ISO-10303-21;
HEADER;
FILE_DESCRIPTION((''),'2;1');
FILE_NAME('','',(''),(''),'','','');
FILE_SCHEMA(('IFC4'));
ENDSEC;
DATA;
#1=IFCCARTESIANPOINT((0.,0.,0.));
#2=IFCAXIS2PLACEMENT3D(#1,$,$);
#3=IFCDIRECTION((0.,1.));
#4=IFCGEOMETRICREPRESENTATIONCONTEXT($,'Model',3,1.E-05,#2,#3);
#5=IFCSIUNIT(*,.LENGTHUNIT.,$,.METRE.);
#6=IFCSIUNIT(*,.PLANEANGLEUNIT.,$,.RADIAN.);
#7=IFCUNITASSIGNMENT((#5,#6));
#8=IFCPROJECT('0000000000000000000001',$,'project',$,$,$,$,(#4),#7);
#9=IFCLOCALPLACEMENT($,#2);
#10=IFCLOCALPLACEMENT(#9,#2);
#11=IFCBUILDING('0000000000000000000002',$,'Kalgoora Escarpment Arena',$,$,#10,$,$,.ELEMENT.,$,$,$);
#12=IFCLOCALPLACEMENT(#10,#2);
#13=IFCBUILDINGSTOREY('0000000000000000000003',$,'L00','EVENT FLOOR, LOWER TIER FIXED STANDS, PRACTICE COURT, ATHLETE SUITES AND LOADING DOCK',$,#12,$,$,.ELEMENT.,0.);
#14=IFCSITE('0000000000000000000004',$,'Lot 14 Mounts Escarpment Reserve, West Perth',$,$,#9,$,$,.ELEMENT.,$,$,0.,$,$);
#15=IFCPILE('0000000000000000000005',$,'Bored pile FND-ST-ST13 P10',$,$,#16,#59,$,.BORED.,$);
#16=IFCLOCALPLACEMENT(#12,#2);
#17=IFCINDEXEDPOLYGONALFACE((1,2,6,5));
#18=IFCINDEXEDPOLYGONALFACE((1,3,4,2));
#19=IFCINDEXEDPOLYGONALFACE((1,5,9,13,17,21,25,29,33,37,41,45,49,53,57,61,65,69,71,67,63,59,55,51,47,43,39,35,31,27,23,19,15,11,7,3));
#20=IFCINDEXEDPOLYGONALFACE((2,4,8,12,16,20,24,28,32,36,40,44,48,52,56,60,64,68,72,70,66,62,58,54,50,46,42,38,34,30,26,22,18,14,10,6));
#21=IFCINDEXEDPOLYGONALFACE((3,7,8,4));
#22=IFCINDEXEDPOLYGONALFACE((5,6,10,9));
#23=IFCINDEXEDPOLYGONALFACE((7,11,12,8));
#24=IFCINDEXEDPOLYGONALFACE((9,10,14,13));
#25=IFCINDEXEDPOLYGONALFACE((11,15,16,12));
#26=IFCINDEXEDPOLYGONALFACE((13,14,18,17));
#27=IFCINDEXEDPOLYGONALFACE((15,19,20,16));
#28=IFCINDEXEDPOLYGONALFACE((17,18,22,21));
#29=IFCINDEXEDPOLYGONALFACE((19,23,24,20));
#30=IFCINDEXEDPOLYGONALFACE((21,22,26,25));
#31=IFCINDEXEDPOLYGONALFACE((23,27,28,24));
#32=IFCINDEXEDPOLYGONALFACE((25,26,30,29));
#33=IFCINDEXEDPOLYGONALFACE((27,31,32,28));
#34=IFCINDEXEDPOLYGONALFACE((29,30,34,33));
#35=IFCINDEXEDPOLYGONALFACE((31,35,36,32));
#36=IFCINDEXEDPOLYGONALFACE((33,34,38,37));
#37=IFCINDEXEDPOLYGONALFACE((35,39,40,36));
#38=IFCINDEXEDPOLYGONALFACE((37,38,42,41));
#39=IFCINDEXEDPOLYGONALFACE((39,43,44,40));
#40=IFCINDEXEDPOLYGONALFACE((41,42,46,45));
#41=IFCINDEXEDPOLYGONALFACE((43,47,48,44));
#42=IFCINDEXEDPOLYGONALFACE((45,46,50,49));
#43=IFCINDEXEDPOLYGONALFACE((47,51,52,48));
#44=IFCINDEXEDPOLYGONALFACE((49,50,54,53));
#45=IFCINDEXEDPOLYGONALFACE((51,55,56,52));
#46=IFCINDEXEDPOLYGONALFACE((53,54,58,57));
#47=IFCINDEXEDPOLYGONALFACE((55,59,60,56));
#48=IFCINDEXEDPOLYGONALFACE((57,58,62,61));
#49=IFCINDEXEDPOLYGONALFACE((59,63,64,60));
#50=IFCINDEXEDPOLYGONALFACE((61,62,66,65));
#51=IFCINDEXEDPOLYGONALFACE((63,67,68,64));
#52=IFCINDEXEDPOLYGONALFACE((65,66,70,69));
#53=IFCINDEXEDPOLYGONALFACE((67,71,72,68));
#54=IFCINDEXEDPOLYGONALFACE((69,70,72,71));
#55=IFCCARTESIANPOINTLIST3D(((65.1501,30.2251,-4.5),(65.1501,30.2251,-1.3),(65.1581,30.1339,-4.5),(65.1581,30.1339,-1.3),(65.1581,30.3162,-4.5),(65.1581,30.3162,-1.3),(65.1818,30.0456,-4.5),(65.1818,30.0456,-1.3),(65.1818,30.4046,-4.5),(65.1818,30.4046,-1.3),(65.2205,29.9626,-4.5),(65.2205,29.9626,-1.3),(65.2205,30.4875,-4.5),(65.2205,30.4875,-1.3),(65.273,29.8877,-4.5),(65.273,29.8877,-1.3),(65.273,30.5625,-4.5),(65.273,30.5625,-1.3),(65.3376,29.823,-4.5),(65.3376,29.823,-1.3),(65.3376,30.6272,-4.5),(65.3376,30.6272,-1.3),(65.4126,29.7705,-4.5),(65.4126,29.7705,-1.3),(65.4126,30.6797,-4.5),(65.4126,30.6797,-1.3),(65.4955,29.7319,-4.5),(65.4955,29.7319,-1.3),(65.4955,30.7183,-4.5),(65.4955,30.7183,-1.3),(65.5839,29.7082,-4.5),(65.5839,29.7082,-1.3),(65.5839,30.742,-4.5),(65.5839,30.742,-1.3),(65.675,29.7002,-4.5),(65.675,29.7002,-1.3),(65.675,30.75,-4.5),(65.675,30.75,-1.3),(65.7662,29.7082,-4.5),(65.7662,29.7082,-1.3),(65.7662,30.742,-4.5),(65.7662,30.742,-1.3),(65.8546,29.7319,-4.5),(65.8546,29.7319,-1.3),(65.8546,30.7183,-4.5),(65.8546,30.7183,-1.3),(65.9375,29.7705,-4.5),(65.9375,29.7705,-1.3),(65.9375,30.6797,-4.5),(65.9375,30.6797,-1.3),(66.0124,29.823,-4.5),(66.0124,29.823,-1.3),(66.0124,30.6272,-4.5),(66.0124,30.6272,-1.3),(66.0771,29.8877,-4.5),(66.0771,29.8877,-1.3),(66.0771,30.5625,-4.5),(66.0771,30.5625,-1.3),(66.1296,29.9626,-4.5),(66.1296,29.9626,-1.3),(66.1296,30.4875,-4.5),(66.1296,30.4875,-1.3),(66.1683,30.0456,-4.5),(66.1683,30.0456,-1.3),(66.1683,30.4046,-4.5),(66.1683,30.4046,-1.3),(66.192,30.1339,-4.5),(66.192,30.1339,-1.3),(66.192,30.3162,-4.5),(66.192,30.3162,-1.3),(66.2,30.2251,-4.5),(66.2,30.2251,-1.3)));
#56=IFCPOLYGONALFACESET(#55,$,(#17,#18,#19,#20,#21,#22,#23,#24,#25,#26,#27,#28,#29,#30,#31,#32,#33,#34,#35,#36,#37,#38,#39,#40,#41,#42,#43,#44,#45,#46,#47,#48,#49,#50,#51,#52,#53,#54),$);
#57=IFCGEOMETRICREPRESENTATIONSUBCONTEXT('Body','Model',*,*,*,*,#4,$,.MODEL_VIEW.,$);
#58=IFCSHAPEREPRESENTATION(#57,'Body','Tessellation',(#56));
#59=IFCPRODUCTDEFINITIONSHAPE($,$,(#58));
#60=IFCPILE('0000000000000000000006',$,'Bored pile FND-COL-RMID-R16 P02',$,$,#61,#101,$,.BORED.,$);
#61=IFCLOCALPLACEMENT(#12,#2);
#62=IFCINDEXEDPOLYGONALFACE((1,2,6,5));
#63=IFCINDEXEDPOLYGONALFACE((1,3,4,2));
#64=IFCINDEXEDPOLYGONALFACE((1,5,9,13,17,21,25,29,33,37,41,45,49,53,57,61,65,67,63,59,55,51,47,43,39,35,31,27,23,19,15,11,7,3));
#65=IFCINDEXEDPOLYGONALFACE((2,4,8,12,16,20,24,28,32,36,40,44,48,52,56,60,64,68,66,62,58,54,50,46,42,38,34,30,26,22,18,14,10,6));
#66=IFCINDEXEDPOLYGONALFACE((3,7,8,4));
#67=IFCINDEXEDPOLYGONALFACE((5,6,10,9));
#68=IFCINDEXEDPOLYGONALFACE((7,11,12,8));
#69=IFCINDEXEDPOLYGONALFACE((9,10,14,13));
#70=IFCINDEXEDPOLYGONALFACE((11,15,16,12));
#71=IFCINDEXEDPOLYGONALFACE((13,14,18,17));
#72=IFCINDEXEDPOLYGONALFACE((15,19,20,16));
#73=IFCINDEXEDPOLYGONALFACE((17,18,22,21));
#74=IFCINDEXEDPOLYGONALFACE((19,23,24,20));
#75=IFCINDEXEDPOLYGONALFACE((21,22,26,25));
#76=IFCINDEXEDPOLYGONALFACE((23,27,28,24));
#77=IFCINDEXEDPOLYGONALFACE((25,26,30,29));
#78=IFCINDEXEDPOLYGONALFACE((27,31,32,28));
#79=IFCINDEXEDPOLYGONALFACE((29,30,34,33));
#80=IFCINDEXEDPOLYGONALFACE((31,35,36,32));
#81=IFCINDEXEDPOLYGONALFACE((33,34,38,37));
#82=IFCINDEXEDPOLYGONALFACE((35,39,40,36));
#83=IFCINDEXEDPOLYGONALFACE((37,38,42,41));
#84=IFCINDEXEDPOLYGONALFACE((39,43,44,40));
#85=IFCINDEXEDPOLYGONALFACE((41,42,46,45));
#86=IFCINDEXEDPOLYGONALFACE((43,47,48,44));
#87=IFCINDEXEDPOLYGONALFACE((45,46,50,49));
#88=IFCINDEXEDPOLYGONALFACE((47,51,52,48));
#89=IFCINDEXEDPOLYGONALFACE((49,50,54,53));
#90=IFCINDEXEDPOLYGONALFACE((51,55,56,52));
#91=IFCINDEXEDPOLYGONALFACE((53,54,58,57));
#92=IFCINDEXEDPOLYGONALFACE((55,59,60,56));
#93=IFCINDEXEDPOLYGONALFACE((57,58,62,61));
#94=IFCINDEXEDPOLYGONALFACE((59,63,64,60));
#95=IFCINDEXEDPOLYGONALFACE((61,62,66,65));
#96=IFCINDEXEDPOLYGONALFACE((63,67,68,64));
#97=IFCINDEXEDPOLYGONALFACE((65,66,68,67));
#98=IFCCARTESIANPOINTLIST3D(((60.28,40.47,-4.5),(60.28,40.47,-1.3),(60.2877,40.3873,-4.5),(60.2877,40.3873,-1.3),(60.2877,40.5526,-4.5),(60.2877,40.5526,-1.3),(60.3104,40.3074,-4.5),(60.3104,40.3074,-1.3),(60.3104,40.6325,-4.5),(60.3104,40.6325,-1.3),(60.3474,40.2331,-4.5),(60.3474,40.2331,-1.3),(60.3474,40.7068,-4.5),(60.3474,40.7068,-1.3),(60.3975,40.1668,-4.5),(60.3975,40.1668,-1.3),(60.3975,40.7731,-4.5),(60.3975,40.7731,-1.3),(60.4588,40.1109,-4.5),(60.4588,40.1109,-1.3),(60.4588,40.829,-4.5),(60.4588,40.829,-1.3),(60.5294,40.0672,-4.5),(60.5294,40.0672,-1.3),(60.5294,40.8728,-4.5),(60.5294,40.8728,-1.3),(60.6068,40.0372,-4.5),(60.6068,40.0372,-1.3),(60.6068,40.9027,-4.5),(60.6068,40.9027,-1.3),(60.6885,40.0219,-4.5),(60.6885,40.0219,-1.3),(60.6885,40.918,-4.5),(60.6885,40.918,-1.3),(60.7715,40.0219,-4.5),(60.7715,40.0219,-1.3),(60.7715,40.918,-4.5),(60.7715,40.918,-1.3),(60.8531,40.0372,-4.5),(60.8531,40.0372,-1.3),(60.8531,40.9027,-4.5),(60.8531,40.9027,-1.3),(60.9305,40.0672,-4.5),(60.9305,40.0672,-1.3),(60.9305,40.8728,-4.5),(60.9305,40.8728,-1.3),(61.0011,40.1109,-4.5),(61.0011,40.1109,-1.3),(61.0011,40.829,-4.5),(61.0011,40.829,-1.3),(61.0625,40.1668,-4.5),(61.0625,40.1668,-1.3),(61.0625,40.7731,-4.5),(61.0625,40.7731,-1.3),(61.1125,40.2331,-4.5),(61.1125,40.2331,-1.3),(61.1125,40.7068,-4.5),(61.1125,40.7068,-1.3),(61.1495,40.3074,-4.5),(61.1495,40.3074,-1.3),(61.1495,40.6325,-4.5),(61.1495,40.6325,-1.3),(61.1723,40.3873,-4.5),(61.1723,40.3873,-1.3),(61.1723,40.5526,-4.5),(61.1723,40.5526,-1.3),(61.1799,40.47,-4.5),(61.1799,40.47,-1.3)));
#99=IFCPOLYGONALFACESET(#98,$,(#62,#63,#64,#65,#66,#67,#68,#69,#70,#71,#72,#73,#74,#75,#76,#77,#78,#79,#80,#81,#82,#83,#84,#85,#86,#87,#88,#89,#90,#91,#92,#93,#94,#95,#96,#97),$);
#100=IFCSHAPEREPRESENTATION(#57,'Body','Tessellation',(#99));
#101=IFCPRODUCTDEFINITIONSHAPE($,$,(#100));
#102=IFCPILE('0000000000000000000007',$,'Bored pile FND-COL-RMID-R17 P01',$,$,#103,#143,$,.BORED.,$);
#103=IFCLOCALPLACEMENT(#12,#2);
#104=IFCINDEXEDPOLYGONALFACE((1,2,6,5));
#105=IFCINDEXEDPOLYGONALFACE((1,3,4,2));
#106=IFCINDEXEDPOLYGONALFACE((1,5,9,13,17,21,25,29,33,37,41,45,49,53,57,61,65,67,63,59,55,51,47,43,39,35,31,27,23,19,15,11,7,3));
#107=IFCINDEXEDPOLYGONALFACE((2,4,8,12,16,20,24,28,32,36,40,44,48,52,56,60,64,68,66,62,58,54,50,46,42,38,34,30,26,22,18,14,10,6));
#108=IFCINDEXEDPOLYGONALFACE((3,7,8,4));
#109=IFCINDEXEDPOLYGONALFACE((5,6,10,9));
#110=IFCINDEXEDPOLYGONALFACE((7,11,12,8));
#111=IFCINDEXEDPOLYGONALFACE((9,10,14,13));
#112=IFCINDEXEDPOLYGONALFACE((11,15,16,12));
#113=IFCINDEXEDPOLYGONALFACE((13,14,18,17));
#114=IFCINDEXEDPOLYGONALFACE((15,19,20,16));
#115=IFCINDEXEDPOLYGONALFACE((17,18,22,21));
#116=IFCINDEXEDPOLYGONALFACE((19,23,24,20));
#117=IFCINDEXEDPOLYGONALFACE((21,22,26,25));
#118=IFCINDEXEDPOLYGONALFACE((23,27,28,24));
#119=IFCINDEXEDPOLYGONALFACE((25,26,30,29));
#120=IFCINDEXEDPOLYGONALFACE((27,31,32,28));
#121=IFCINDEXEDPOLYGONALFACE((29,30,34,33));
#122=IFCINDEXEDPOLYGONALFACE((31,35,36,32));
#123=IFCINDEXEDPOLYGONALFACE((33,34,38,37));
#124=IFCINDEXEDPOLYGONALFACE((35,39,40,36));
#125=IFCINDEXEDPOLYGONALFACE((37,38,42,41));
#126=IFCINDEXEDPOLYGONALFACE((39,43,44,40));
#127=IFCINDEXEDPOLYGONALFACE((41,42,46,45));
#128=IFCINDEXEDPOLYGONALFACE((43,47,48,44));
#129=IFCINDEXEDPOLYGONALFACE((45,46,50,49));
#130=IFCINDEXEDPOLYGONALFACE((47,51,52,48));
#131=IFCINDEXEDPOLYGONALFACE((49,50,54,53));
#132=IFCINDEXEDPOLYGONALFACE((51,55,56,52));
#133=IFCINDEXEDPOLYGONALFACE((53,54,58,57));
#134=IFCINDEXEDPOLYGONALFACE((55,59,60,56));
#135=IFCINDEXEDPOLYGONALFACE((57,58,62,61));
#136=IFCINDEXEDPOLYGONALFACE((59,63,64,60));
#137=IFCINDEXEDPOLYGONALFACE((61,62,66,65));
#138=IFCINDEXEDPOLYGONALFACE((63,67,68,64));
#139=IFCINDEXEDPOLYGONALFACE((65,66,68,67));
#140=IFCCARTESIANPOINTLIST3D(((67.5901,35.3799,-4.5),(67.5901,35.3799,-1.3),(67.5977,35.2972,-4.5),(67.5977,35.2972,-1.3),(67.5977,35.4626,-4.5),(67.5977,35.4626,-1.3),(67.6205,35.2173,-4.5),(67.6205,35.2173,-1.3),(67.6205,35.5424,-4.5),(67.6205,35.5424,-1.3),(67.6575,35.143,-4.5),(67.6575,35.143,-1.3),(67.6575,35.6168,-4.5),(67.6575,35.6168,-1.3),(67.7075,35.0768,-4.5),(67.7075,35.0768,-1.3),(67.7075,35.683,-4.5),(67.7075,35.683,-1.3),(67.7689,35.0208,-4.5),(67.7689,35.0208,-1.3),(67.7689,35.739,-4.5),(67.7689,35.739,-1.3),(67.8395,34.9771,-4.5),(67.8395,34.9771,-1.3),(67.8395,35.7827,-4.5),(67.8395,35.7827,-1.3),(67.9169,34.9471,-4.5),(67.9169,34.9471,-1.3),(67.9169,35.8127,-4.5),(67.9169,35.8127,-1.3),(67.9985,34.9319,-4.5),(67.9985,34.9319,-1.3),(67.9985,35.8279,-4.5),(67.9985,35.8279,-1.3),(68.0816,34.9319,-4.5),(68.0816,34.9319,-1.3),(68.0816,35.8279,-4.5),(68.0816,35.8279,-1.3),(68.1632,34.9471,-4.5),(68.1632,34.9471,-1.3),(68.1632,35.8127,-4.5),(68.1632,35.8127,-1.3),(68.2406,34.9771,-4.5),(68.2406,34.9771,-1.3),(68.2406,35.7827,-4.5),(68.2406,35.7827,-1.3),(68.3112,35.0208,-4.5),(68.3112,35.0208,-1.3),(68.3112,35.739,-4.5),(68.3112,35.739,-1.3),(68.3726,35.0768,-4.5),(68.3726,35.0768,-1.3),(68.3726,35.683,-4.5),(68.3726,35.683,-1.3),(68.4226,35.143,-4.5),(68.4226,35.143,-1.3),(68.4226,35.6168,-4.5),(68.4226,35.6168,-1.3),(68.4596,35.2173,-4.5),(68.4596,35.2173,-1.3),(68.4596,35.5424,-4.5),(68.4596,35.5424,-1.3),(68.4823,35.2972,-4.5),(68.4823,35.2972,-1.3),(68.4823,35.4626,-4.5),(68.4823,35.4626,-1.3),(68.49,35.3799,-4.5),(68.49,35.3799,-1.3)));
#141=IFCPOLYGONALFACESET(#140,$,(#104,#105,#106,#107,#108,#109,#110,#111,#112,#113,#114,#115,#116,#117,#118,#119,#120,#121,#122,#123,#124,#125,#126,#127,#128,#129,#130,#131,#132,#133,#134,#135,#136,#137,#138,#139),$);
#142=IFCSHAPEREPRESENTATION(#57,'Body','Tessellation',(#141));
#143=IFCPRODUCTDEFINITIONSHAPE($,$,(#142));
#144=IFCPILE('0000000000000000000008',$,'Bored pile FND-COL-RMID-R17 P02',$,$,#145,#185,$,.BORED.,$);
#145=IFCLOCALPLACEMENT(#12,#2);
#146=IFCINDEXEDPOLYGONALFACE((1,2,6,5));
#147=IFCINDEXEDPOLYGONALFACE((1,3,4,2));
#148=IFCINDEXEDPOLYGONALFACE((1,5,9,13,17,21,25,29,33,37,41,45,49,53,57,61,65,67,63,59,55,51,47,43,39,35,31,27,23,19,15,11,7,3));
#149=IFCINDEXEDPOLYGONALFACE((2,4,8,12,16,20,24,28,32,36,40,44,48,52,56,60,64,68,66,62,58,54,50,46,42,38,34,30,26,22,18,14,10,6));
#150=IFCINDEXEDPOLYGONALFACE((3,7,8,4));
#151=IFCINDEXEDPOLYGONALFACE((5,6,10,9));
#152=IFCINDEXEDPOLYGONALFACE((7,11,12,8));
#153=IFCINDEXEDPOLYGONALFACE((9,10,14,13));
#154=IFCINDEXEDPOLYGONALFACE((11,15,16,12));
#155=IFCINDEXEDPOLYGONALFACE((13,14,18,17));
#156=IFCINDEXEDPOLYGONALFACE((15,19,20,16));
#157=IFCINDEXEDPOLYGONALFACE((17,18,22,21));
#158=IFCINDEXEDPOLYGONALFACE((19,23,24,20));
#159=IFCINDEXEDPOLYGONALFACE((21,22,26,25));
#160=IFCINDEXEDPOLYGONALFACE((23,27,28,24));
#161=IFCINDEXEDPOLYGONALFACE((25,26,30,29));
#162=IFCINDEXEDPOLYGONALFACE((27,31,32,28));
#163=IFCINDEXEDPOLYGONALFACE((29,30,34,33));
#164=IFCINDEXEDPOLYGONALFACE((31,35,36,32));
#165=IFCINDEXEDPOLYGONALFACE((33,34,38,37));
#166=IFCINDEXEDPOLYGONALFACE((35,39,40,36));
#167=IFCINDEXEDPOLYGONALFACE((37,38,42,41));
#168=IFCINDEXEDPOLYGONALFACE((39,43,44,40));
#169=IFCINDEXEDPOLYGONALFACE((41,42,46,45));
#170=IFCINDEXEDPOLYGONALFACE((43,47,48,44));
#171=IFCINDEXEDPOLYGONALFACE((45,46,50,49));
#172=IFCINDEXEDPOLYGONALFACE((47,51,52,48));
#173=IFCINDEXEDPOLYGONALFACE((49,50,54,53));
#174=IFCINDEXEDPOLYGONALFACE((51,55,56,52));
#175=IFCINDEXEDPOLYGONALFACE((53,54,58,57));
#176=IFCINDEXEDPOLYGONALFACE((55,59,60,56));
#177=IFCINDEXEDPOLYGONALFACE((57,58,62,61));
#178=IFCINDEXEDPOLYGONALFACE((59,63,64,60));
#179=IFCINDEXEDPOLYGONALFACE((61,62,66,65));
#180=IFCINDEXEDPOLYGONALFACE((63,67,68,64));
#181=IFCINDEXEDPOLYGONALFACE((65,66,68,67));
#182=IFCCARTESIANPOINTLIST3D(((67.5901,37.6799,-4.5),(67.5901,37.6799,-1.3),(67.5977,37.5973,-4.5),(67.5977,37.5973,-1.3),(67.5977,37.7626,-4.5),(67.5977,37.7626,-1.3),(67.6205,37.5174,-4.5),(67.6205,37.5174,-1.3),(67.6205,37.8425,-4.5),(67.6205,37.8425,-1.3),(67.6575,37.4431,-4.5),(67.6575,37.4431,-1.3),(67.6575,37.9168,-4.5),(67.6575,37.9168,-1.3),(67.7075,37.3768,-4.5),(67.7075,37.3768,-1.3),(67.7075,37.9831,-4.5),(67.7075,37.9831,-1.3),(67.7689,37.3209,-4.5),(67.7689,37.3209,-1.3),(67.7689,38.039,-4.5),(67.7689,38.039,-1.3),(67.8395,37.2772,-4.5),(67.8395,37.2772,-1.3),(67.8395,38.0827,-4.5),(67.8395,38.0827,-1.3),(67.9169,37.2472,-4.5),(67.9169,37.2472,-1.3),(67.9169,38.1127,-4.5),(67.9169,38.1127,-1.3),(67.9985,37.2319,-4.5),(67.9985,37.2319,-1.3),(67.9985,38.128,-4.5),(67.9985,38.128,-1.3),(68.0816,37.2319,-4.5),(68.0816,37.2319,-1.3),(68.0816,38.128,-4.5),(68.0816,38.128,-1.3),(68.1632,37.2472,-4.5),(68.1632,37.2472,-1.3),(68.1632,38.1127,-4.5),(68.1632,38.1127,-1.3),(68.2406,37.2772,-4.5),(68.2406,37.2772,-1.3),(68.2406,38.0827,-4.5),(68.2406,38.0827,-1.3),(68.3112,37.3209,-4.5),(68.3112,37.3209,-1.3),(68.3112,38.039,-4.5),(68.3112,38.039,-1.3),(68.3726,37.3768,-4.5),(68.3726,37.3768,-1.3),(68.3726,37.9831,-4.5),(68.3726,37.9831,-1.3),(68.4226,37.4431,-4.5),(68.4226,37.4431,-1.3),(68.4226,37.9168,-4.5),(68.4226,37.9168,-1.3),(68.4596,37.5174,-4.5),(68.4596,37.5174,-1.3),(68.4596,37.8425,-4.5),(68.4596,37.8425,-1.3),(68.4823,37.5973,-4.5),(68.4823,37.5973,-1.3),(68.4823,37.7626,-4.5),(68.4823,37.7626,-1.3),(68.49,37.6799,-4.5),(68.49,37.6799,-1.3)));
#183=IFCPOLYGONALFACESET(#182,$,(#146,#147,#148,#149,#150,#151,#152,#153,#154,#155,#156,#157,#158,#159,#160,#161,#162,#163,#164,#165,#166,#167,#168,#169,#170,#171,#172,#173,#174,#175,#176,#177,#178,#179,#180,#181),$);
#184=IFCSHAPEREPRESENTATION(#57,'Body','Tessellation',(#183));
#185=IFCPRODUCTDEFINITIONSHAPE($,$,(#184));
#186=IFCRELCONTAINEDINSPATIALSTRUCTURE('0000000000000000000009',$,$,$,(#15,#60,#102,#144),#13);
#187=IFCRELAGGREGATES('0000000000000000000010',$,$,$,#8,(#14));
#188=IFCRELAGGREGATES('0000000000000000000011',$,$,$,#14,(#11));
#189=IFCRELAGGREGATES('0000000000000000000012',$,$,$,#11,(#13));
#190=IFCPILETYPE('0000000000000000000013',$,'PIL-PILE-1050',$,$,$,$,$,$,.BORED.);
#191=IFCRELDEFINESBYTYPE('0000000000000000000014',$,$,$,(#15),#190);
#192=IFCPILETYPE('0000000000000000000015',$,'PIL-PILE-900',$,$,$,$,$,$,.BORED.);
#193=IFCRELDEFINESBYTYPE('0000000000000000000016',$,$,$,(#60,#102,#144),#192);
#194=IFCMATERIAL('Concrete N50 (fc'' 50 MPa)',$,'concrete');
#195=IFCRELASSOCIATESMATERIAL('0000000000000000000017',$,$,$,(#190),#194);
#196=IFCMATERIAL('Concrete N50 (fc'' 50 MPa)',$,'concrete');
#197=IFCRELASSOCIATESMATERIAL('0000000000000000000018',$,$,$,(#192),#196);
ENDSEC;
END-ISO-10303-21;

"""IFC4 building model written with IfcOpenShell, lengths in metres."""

from ifc_helpers import new_model, si_unit, direction, frame, origin, origin_2d, place, context, subcontext, project, spatial, circle, extrude, material, material_profile, profile_set, type_object, element, save


model = new_model("IFC4")

# Units and contexts
model_context = context("Model", 3, precision=1e-05, world=origin(), true_north=direction((0.0, 1.0)))
body_context = subcontext(model_context, "Body", "Model", "MODEL_VIEW")
ifc_project = project(units=[si_unit("LENGTHUNIT", "METRE"), si_unit("PLANEANGLEUNIT", "RADIAN")], contexts=[model_context])

# Site, building, storey
site_placement = place(None, origin())
site = spatial("IfcSite", under=ifc_project, at=site_placement, Name="Lot 14 Mounts Escarpment Reserve, West Perth", CompositionType="ELEMENT", RefElevation=0.0)
building_placement = place(site_placement, origin())
building = spatial("IfcBuilding", under=site, at=building_placement, Name="Kalgoora Escarpment Arena", CompositionType="ELEMENT")
storey_placement = place(building_placement, origin())
storey = spatial("IfcBuildingStorey", under=building, at=storey_placement, Name="L00", Description="EVENT FLOOR, LOWER TIER FIXED STANDS, PRACTICE COURT, ATHLETE SUITES AND LOADING DOCK", CompositionType="ELEMENT", Elevation=0.0)

# Piles
ifc_material_1 = material(Name="Concrete N50 (fc' 50 MPa)", Category="concrete")
ifc_material_profile_1 = material_profile(ifc_material_1, circle(Radius=0.5249, at=origin_2d()))
ifc_profile_set_1 = profile_set([ifc_material_profile_1], Name="Concrete N50 (fc' 50 MPa)")
pile_type_1 = type_object("IfcPileType", Name="PIL-PILE-1050", PredefinedType="BORED", material=ifc_profile_set_1)
for number, where, z_axis, x_axis, name in (
    (1, (65.675, 30.2251, -1.3), (0.0, 0.0, -1.0), (1.0, 0.0, 0.0), "Bored pile FND-ST-ST13 P10"),
):
    element("IfcPile", number, at=place(storey_placement, frame(where, z_axis=z_axis, x_axis=x_axis)), inside=storey, type_object=pile_type_1, Name=name, PredefinedType="BORED", context=body_context, shape_type="SweptSolid", body=[
        extrude(circle(Radius=0.5249, at=origin_2d()), origin(), (0.0, 0.0, 1.0), 3.2),
    ])
ifc_material_2 = material(Name="Concrete N50 (fc' 50 MPa)", Category="concrete")
ifc_material_profile_2 = material_profile(ifc_material_2, circle(Radius=0.45, at=origin_2d()))
ifc_profile_set_2 = profile_set([ifc_material_profile_2], Name="Concrete N50 (fc' 50 MPa)")
pile_type_2 = type_object("IfcPileType", Name="PIL-PILE-900", PredefinedType="BORED", material=ifc_profile_set_2)
for number, where, z_axis, x_axis, name in (
    (2, (60.73, 40.47, -1.3), (0.0, 0.0, -1.0), (1.0, 0.0, 0.0), "Bored pile FND-COL-RMID-R16 P02"),
    (3, (68.04, 35.3799, -1.3), (0.0, 0.0, -1.0), (1.0, 0.0, 0.0), "Bored pile FND-COL-RMID-R17 P01"),
    (4, (68.04, 37.6799, -1.3), (0.0, 0.0, -1.0), (1.0, 0.0, 0.0), "Bored pile FND-COL-RMID-R17 P02"),
):
    element("IfcPile", number, at=place(storey_placement, frame(where, z_axis=z_axis, x_axis=x_axis)), inside=storey, type_object=pile_type_2, Name=name, PredefinedType="BORED", context=body_context, shape_type="SweptSolid", body=[
        extrude(circle(Radius=0.45, at=origin_2d()), origin(), (0.0, 0.0, 1.0), 3.2),
    ])

save(model, "model.ifc")
